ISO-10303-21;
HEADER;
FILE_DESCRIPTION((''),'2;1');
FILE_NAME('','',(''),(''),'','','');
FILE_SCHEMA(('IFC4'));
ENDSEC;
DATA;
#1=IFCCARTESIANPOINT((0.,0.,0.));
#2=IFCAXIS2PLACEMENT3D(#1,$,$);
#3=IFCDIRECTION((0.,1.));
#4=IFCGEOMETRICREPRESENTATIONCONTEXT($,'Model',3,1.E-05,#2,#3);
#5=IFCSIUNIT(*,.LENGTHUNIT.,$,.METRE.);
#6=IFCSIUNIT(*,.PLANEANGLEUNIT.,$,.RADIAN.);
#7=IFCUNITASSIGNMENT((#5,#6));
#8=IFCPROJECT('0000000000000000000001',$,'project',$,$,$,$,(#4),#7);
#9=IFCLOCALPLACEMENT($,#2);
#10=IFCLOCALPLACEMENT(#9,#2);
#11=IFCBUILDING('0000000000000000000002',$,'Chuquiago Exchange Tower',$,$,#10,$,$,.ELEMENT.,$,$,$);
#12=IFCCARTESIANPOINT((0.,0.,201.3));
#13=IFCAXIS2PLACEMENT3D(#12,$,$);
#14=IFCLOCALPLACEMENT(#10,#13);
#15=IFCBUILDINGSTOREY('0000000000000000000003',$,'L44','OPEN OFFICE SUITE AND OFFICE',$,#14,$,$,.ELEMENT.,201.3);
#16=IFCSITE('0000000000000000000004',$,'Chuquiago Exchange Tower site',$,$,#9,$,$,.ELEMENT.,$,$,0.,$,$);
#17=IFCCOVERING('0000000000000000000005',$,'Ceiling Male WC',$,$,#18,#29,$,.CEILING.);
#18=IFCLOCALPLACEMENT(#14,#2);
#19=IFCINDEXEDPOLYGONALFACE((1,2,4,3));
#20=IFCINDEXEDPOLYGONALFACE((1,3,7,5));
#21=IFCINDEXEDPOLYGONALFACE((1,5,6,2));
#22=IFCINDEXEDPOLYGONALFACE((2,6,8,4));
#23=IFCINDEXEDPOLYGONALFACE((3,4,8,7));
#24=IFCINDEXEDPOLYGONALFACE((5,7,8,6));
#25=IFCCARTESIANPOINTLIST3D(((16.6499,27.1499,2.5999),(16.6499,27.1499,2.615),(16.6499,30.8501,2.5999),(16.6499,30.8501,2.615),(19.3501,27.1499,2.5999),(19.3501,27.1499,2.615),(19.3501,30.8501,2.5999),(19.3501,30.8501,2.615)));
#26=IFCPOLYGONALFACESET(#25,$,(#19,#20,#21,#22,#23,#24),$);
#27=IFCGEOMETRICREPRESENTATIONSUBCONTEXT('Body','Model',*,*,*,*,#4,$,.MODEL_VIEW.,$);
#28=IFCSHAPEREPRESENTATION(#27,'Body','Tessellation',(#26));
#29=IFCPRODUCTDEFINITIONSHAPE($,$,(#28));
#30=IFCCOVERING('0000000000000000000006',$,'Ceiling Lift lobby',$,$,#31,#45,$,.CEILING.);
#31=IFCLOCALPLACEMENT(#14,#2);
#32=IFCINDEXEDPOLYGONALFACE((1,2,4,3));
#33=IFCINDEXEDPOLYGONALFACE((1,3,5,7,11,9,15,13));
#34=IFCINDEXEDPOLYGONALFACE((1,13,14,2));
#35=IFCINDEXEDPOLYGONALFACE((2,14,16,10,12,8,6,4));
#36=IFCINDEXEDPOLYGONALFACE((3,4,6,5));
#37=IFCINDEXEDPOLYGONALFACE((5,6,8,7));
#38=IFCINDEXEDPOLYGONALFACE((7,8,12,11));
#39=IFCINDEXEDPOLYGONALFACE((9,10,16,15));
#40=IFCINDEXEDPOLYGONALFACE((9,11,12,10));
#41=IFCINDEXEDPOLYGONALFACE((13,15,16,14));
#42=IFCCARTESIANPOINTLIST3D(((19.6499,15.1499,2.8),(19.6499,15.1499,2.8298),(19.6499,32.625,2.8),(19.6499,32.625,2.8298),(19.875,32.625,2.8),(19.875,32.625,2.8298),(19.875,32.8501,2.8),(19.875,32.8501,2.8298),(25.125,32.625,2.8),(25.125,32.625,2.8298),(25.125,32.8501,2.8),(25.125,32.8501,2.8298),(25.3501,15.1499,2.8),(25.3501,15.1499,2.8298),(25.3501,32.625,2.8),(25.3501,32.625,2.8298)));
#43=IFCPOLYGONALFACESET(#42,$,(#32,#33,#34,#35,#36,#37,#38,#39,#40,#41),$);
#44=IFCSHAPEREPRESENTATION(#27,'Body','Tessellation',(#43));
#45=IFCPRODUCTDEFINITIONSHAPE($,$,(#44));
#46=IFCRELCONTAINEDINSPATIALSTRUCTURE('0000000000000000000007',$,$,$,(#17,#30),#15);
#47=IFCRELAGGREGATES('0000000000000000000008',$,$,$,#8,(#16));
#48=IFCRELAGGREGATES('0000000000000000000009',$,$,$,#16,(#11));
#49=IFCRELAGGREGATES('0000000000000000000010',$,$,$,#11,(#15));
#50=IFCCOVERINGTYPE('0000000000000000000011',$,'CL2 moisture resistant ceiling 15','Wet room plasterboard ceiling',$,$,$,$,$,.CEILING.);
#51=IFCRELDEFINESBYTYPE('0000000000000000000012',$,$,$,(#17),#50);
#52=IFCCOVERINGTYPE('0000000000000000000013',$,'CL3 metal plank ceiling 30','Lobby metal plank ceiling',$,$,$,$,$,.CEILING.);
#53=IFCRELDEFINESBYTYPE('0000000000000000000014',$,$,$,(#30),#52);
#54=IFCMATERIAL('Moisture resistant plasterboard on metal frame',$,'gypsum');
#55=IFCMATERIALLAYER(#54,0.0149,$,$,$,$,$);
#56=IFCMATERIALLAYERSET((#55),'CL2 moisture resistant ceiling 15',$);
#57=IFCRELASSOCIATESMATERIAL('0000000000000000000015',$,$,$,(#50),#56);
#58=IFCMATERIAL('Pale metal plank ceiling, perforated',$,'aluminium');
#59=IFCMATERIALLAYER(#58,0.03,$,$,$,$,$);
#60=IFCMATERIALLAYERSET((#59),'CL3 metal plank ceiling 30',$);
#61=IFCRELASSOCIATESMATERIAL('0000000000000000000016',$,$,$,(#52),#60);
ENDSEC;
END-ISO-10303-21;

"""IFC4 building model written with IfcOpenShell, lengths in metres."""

from ifc_helpers import new_model, si_unit, direction, frame, origin, place, context, subcontext, project, spatial, polyline, outline, extrude, material, layer, layer_set, type_object, element, save


model = new_model("IFC4")

# Units and contexts
model_context = context("Model", 3, precision=1e-05, world=origin(), true_north=direction((0.0, 1.0)))
body_context = subcontext(model_context, "Body", "Model", "MODEL_VIEW")
ifc_project = project(units=[si_unit("LENGTHUNIT", "METRE"), si_unit("PLANEANGLEUNIT", "RADIAN")], contexts=[model_context])

# Site, building, storey
site_placement = place(None, origin())
site = spatial("IfcSite", under=ifc_project, at=site_placement, Name="Chuquiago Exchange Tower site", CompositionType="ELEMENT", RefElevation=0.0)
building_placement = place(site_placement, origin())
building = spatial("IfcBuilding", under=site, at=building_placement, Name="Chuquiago Exchange Tower", CompositionType="ELEMENT")
storey_placement = place(building_placement, frame((0.0, 0.0, 201.3)))
storey = spatial("IfcBuildingStorey", under=building, at=storey_placement, Name="L44", Description="OPEN OFFICE SUITE AND OFFICE", CompositionType="ELEMENT", Elevation=201.3)

# Coverings
ifc_material_1 = material(Name="Moisture resistant plasterboard on metal frame", Category="gypsum")
ifc_layer_1 = layer(ifc_material_1, 0.0149)
ifc_layer_set_1 = layer_set([ifc_layer_1], Name="CL2 moisture resistant ceiling 15")
covering_type_1 = type_object("IfcCoveringType", Name="CL2 moisture resistant ceiling 15", Description="Wet room plasterboard ceiling", PredefinedType="CEILING", material=ifc_layer_set_1)
covering_1_placement = place(storey_placement, frame((0.0, 0.0, 2.5999)))
element("IfcCovering", 1, at=covering_1_placement, inside=storey, type_object=covering_type_1, Name="Ceiling Male WC", PredefinedType="CEILING", context=body_context, shape_type="SweptSolid", body=[
    extrude(outline(polyline([(16.6499, 27.1499), (16.6499, 30.8501), (19.3501, 30.8501), (19.3501, 27.1499), (16.6499, 27.1499)])), origin(), (0.0, 0.0, 1.0), 0.0151),
])
ifc_material_2 = material(Name="Pale metal plank ceiling, perforated", Category="aluminium")
ifc_layer_2 = layer(ifc_material_2, 0.03)
ifc_layer_set_2 = layer_set([ifc_layer_2], Name="CL3 metal plank ceiling 30")
covering_type_2 = type_object("IfcCoveringType", Name="CL3 metal plank ceiling 30", Description="Lobby metal plank ceiling", PredefinedType="CEILING", material=ifc_layer_set_2)
covering_2_placement = place(storey_placement, frame((0.0, 0.0, 2.8)))
element("IfcCovering", 2, at=covering_2_placement, inside=storey, type_object=covering_type_2, Name="Ceiling Lift lobby", PredefinedType="CEILING", context=body_context, shape_type="SweptSolid", body=[
    extrude(outline(polyline([(19.6499, 15.1499), (19.6499, 32.625), (19.875, 32.625), (19.875, 32.8501), (25.125, 32.8501), (25.125, 32.625), (25.3501, 32.625), (25.3501, 15.1499), (19.6499, 15.1499)])), origin(), (0.0, 0.0, 1.0), 0.0298),
])

save(model, "model.ifc")
